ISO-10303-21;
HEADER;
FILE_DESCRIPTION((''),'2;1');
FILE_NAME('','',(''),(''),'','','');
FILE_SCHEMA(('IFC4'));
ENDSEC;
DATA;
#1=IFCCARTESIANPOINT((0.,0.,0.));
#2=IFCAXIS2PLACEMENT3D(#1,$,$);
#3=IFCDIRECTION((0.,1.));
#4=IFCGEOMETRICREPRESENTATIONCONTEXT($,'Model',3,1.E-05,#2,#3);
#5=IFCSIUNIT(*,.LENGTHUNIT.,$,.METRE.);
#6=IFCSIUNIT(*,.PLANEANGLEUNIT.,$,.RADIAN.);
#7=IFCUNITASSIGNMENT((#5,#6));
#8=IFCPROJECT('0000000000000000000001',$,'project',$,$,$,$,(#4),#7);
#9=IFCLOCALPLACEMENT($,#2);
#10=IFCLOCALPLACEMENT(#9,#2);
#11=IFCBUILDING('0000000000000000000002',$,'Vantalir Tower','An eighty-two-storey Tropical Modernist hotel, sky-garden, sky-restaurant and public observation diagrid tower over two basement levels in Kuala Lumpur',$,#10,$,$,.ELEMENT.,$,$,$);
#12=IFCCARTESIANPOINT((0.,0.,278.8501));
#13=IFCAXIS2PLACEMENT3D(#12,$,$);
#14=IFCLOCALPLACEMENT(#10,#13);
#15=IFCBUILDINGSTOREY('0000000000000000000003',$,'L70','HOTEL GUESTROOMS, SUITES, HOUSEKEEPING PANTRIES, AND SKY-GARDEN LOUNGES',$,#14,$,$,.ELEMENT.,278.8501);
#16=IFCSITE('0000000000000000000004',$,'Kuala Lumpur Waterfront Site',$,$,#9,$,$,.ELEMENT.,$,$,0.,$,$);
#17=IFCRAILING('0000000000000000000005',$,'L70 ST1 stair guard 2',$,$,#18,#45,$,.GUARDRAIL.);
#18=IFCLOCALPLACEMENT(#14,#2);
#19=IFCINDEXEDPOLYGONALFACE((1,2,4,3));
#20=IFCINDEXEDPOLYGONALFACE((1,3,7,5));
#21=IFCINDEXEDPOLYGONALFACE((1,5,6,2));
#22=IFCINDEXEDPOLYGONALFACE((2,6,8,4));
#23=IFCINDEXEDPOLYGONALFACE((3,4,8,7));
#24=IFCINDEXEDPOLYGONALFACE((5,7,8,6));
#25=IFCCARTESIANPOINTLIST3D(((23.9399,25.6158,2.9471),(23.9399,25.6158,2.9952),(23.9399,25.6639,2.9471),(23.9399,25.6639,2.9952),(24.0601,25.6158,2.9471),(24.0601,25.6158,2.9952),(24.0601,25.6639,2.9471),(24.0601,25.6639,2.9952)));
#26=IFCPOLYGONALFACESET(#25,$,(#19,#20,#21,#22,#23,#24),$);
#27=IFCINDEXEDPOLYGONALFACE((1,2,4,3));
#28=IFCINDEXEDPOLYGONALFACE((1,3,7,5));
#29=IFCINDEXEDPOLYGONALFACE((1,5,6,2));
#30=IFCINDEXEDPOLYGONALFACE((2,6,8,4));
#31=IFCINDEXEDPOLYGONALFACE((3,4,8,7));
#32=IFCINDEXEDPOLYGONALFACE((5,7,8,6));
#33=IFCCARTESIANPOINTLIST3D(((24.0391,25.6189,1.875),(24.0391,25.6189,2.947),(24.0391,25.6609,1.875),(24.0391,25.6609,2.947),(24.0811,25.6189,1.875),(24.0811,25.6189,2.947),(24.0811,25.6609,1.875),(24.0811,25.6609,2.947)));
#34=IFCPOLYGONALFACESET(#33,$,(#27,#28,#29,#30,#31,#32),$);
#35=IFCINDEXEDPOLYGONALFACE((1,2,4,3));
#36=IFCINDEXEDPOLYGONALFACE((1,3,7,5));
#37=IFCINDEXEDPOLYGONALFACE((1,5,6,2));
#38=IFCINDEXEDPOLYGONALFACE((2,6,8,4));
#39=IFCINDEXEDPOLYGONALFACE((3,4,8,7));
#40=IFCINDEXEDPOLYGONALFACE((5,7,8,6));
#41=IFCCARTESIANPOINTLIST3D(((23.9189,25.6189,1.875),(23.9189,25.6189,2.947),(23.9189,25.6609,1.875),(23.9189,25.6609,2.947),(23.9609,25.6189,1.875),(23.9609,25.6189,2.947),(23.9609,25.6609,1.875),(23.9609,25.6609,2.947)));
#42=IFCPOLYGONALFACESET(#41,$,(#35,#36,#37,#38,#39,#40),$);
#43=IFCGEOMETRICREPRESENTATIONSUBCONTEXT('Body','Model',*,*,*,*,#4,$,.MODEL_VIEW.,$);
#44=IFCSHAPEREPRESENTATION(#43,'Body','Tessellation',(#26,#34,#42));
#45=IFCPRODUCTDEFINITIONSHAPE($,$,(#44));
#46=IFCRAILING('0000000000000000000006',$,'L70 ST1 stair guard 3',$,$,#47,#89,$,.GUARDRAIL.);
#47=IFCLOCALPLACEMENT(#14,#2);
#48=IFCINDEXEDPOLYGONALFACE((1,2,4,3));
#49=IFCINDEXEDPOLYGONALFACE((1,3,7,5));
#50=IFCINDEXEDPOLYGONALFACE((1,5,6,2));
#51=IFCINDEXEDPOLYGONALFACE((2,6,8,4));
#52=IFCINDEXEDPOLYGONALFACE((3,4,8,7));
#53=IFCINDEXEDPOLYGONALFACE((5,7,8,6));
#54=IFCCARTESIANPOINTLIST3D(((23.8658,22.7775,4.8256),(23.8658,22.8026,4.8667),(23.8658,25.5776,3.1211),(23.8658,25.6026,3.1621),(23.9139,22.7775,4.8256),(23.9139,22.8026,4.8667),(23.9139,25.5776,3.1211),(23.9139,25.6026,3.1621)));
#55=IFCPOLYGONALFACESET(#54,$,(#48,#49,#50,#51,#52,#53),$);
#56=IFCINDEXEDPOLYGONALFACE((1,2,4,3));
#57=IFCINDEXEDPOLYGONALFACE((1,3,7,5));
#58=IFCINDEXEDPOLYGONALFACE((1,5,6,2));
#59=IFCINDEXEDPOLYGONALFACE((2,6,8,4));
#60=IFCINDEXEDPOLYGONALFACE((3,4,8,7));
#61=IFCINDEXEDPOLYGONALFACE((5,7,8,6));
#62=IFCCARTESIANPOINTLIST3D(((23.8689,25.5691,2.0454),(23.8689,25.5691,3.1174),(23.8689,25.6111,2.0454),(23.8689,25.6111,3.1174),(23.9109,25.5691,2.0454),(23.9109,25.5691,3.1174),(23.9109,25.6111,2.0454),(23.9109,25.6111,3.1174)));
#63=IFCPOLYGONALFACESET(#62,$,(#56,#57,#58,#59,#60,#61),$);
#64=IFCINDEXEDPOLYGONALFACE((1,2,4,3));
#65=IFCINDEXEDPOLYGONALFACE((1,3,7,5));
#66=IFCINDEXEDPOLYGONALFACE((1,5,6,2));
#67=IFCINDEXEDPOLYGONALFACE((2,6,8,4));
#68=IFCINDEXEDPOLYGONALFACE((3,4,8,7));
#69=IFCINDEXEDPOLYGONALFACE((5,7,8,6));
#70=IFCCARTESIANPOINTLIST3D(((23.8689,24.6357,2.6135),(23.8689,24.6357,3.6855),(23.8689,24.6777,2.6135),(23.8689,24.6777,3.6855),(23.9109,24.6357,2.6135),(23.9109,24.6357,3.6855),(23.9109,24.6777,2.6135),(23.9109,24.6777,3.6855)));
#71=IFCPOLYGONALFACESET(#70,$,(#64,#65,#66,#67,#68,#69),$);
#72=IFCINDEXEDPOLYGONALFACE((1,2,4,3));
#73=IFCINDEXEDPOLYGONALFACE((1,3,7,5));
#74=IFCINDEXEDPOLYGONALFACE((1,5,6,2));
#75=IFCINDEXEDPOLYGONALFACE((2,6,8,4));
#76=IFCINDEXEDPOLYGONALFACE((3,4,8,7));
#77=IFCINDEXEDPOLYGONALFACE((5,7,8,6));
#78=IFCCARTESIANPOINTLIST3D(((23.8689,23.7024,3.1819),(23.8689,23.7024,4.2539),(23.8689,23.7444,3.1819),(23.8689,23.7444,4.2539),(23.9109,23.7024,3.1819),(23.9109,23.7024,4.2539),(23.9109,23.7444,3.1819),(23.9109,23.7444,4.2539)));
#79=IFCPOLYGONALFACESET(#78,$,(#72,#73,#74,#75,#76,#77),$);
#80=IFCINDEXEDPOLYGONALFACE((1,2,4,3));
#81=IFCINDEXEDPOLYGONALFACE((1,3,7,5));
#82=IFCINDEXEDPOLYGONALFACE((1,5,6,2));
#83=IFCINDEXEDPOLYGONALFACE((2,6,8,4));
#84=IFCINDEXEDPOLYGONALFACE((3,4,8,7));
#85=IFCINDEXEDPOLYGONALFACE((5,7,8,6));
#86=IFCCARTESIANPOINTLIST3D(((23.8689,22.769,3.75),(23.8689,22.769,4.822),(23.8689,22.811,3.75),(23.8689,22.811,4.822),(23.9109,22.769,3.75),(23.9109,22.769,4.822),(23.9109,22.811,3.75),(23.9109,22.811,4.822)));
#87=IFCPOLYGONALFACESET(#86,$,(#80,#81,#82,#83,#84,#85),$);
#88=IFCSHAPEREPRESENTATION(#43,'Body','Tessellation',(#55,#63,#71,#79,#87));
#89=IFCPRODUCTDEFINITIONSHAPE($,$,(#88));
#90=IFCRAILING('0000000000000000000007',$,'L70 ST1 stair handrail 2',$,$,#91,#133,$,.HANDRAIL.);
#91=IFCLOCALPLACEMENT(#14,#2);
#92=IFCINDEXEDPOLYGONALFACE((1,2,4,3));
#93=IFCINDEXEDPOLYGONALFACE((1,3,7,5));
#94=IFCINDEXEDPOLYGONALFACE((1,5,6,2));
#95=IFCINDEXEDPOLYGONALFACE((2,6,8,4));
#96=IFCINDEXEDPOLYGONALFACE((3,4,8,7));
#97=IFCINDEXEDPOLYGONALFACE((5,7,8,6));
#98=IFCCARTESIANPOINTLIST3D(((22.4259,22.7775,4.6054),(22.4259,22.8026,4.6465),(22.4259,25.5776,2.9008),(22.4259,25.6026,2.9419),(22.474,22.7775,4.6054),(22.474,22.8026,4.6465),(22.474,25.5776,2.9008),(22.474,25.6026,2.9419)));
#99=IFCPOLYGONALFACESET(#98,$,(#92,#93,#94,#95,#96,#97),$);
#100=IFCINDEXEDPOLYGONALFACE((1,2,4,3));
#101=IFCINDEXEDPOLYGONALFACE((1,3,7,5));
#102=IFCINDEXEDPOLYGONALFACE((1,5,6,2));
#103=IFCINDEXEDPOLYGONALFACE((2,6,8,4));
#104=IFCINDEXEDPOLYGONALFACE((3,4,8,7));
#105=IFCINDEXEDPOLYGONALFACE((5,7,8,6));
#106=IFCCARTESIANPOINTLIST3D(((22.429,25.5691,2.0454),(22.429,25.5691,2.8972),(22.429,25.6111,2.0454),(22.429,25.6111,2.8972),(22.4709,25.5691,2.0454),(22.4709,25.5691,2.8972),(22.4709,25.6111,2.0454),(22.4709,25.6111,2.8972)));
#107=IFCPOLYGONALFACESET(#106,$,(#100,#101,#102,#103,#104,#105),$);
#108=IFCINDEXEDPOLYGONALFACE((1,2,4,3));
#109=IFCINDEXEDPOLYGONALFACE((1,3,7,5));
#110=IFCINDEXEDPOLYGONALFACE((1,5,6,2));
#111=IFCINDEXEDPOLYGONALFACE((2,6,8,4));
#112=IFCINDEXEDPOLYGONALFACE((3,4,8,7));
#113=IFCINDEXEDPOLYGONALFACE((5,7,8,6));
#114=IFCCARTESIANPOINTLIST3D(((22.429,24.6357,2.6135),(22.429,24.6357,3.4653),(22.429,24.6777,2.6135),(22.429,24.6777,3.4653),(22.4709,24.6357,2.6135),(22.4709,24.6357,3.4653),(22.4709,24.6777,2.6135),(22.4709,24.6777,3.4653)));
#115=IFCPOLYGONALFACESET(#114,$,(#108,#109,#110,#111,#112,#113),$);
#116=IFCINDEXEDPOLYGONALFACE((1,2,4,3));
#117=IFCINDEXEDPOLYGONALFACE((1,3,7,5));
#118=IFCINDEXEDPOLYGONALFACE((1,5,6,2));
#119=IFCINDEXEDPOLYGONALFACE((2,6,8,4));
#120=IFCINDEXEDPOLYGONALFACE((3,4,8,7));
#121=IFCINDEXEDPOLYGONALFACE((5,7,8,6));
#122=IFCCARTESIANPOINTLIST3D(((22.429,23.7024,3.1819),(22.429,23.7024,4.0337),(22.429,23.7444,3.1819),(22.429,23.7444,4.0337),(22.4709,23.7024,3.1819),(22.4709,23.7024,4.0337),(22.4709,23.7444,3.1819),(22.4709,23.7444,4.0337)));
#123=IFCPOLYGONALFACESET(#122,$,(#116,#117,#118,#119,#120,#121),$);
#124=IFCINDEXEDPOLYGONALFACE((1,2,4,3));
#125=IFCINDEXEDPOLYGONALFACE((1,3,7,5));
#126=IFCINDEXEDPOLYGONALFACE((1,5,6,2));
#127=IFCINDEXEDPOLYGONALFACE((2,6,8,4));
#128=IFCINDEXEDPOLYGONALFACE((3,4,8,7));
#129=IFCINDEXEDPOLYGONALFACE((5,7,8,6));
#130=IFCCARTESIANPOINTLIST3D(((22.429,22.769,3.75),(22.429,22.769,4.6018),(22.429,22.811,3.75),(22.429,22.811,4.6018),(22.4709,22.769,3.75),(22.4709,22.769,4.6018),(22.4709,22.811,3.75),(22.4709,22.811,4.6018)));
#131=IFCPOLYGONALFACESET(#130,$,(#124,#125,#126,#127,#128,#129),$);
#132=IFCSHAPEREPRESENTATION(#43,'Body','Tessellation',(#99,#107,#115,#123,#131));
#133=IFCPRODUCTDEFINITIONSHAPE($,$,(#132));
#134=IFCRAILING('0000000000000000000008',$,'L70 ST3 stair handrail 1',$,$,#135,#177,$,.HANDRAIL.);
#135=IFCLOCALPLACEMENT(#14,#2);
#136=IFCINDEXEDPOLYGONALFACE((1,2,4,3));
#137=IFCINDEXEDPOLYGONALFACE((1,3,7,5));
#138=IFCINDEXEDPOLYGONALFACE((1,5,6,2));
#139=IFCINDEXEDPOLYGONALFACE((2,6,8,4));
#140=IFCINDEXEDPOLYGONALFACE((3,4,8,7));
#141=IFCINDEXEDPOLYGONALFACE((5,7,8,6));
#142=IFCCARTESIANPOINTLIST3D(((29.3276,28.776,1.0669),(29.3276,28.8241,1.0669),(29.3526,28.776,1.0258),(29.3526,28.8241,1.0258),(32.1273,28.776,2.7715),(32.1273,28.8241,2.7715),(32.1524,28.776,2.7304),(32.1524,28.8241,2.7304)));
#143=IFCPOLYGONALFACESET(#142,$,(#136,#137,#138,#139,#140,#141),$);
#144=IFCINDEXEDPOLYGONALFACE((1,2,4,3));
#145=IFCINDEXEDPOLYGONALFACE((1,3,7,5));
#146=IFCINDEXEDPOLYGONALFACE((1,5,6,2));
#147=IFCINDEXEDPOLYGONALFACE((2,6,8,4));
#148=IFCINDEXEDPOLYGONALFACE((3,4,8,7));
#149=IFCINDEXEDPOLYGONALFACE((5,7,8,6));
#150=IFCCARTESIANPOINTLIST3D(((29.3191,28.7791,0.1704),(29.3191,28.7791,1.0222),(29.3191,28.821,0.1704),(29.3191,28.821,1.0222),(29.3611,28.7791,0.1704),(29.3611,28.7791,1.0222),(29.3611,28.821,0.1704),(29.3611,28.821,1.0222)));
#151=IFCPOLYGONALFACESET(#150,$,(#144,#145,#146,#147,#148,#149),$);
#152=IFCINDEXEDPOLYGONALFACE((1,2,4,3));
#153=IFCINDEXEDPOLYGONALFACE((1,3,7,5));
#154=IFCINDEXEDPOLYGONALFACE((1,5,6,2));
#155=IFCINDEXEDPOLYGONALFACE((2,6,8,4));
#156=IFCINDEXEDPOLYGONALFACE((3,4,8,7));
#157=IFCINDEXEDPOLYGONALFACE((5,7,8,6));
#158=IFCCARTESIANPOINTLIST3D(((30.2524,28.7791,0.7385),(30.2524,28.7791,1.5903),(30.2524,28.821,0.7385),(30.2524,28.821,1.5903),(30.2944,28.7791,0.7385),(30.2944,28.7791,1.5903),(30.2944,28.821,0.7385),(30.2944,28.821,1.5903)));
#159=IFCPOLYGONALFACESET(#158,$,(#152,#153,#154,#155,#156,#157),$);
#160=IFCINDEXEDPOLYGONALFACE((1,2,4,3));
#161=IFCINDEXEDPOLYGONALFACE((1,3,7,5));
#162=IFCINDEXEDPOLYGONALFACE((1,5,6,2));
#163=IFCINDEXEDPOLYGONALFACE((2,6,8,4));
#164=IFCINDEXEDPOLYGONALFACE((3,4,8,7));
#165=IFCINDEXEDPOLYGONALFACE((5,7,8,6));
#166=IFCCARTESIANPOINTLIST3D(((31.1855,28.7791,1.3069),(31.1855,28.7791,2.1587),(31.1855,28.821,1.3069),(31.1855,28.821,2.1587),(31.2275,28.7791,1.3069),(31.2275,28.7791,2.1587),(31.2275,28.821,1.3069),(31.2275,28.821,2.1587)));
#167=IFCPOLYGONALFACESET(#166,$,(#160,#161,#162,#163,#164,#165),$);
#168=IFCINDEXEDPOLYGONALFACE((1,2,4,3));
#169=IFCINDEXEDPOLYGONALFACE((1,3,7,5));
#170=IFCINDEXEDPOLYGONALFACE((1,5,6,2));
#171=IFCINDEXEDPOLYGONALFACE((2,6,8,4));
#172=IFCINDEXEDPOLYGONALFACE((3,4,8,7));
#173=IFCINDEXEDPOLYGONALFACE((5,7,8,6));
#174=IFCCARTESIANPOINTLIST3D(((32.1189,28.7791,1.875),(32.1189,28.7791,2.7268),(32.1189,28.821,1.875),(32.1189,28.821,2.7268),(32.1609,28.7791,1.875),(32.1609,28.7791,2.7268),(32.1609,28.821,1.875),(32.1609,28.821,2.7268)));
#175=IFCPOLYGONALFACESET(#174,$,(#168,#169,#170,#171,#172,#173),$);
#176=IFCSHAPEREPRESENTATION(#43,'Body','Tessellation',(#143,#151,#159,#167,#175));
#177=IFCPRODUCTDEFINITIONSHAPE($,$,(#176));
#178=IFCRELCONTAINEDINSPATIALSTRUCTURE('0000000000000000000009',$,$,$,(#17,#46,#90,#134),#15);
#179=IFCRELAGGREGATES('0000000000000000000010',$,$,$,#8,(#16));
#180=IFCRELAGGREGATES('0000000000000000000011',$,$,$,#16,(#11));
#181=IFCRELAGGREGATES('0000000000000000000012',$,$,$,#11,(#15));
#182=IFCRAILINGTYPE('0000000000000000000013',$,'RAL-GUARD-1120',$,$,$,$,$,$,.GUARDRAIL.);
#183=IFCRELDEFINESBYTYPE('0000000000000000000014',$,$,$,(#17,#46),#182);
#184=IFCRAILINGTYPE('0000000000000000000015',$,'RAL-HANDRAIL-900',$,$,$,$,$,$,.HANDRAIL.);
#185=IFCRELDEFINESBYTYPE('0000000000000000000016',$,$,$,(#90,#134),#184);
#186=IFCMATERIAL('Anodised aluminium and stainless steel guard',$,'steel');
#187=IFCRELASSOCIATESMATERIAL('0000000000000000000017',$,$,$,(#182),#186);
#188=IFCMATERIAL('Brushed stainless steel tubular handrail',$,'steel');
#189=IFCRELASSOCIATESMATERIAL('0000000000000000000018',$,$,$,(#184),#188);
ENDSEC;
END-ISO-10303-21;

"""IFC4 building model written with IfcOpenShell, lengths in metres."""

from ifc_helpers import new_model, si_unit, direction, frame, origin, origin_2d, place, context, subcontext, project, spatial, rectangle, extrude, material, type_object, element, save


model = new_model("IFC4")

# Units and contexts
model_context = context("Model", 3, precision=1e-05, world=origin(), true_north=direction((0.0, 1.0)))
body_context = subcontext(model_context, "Body", "Model", "MODEL_VIEW")
ifc_project = project(units=[si_unit("LENGTHUNIT", "METRE"), si_unit("PLANEANGLEUNIT", "RADIAN")], contexts=[model_context])

# Site, building, storey
site_placement = place(None, origin())
site = spatial("IfcSite", under=ifc_project, at=site_placement, Name="Kuala Lumpur Waterfront Site", CompositionType="ELEMENT", RefElevation=0.0)
building_placement = place(site_placement, origin())
building = spatial("IfcBuilding", under=site, at=building_placement, Name="Vantalir Tower", Description="An eighty-two-storey Tropical Modernist hotel, sky-garden, sky-restaurant and public observation diagrid tower over two basement levels in Kuala Lumpur", CompositionType="ELEMENT")
storey_placement = place(building_placement, frame((0.0, 0.0, 278.8501)))
storey = spatial("IfcBuildingStorey", under=building, at=storey_placement, Name="L70", Description="HOTEL GUESTROOMS, SUITES, HOUSEKEEPING PANTRIES, AND SKY-GARDEN LOUNGES", CompositionType="ELEMENT", Elevation=278.8501)

# Railings
ifc_material_1 = material(Name="Anodised aluminium and stainless steel guard", Category="steel")
railing_type_1 = type_object("IfcRailingType", Name="RAL-GUARD-1120", PredefinedType="GUARDRAIL", material=ifc_material_1)
railing_1_placement = place(storey_placement, frame((24.0601, 25.6399, 1.875)))
element("IfcRailing", 1, at=railing_1_placement, inside=storey, type_object=railing_type_1, Name="L70 ST1 stair guard 2", PredefinedType="GUARDRAIL", context=body_context, shape_type="SweptSolid", body=[
    extrude(rectangle(XDim=0.0481, YDim=0.0481, at=origin_2d()), frame((0.0, 0.0, 1.0962), z_axis=(-1.0, 0.0, 0.0), x_axis=(0.0, -1.0, 0.0)), (0.0, 0.0, 1.0), 0.1201),
    extrude(rectangle(XDim=0.042, YDim=0.042, at=origin_2d()), origin(), (0.0, 0.0, 1.0), 1.072),
    extrude(rectangle(XDim=0.042, YDim=0.042, at=origin_2d()), frame((-0.1201, 0.0, 0.0)), (0.0, 0.0, 1.0), 1.072),
])
railing_2_placement = place(storey_placement, frame((23.8899, 25.5901, 2.0454)))
element("IfcRailing", 2, at=railing_2_placement, inside=storey, type_object=railing_type_1, Name="L70 ST1 stair guard 3", PredefinedType="GUARDRAIL", context=body_context, shape_type="SweptSolid", body=[
    extrude(rectangle(XDim=0.0481, YDim=0.0481, at=origin_2d()), frame((0.0, 0.0, 1.0962), z_axis=(0.0, -0.85417, 0.519994), x_axis=(1.0, 0.0, 0.0)), (0.0, 0.0, 1.0), 3.2781),
    extrude(rectangle(XDim=0.042, YDim=0.042, at=origin_2d()), origin(), (0.0, 0.0, 1.0), 1.072),
    extrude(rectangle(XDim=0.042, YDim=0.042, at=origin_2d()), frame((0.0, -0.9333, 0.5681)), (0.0, 0.0, 1.0), 1.072),
    extrude(rectangle(XDim=0.042, YDim=0.042, at=origin_2d()), frame((0.0, -1.8667, 1.1365)), (0.0, 0.0, 1.0), 1.072),
    extrude(rectangle(XDim=0.042, YDim=0.042, at=origin_2d()), frame((0.0, -2.8, 1.7046)), (0.0, 0.0, 1.0), 1.072),
])
ifc_material_2 = material(Name="Brushed stainless steel tubular handrail", Category="steel")
railing_type_2 = type_object("IfcRailingType", Name="RAL-HANDRAIL-900", PredefinedType="HANDRAIL", material=ifc_material_2)
railing_3_placement = place(storey_placement, frame((22.45, 25.5901, 2.0454)))
element("IfcRailing", 3, at=railing_3_placement, inside=storey, type_object=railing_type_2, Name="L70 ST1 stair handrail 2", PredefinedType="HANDRAIL", context=body_context, shape_type="SweptSolid", body=[
    extrude(rectangle(XDim=0.0481, YDim=0.0481, at=origin_2d()), frame((0.0, 0.0, 0.876), z_axis=(0.0, -0.85417, 0.519994), x_axis=(1.0, 0.0, 0.0)), (0.0, 0.0, 1.0), 3.2781),
    extrude(rectangle(XDim=0.042, YDim=0.042, at=origin_2d()), origin(), (0.0, 0.0, 1.0), 0.8518),
    extrude(rectangle(XDim=0.042, YDim=0.042, at=origin_2d()), frame((0.0, -0.9333, 0.5681)), (0.0, 0.0, 1.0), 0.8518),
    extrude(rectangle(XDim=0.042, YDim=0.042, at=origin_2d()), frame((0.0, -1.8667, 1.1365)), (0.0, 0.0, 1.0), 0.8518),
    extrude(rectangle(XDim=0.042, YDim=0.042, at=origin_2d()), frame((0.0, -2.8, 1.7046)), (0.0, 0.0, 1.0), 0.8518),
])
railing_4_placement = place(storey_placement, frame((29.3401, 28.8, 0.1704)))
element("IfcRailing", 4, at=railing_4_placement, inside=storey, type_object=railing_type_2, Name="L70 ST3 stair handrail 1", PredefinedType="HANDRAIL", context=body_context, shape_type="SweptSolid", body=[
    extrude(rectangle(XDim=0.0481, YDim=0.0481, at=origin_2d()), frame((0.0, 0.0, 0.876), z_axis=(0.85415, 0.0, 0.520027), x_axis=(0.0, 1.0, 0.0)), (0.0, 0.0, 1.0), 3.2778),
    extrude(rectangle(XDim=0.042, YDim=0.042, at=origin_2d()), origin(), (0.0, 0.0, 1.0), 0.8518),
    extrude(rectangle(XDim=0.042, YDim=0.042, at=origin_2d()), frame((0.9333, 0.0, 0.5681)), (0.0, 0.0, 1.0), 0.8518),
    extrude(rectangle(XDim=0.042, YDim=0.042, at=origin_2d()), frame((1.8665, 0.0, 1.1365)), (0.0, 0.0, 1.0), 0.8518),
    extrude(rectangle(XDim=0.042, YDim=0.042, at=origin_2d()), frame((2.7998, 0.0, 1.7046)), (0.0, 0.0, 1.0), 0.8518),
])

save(model, "model.ifc")
